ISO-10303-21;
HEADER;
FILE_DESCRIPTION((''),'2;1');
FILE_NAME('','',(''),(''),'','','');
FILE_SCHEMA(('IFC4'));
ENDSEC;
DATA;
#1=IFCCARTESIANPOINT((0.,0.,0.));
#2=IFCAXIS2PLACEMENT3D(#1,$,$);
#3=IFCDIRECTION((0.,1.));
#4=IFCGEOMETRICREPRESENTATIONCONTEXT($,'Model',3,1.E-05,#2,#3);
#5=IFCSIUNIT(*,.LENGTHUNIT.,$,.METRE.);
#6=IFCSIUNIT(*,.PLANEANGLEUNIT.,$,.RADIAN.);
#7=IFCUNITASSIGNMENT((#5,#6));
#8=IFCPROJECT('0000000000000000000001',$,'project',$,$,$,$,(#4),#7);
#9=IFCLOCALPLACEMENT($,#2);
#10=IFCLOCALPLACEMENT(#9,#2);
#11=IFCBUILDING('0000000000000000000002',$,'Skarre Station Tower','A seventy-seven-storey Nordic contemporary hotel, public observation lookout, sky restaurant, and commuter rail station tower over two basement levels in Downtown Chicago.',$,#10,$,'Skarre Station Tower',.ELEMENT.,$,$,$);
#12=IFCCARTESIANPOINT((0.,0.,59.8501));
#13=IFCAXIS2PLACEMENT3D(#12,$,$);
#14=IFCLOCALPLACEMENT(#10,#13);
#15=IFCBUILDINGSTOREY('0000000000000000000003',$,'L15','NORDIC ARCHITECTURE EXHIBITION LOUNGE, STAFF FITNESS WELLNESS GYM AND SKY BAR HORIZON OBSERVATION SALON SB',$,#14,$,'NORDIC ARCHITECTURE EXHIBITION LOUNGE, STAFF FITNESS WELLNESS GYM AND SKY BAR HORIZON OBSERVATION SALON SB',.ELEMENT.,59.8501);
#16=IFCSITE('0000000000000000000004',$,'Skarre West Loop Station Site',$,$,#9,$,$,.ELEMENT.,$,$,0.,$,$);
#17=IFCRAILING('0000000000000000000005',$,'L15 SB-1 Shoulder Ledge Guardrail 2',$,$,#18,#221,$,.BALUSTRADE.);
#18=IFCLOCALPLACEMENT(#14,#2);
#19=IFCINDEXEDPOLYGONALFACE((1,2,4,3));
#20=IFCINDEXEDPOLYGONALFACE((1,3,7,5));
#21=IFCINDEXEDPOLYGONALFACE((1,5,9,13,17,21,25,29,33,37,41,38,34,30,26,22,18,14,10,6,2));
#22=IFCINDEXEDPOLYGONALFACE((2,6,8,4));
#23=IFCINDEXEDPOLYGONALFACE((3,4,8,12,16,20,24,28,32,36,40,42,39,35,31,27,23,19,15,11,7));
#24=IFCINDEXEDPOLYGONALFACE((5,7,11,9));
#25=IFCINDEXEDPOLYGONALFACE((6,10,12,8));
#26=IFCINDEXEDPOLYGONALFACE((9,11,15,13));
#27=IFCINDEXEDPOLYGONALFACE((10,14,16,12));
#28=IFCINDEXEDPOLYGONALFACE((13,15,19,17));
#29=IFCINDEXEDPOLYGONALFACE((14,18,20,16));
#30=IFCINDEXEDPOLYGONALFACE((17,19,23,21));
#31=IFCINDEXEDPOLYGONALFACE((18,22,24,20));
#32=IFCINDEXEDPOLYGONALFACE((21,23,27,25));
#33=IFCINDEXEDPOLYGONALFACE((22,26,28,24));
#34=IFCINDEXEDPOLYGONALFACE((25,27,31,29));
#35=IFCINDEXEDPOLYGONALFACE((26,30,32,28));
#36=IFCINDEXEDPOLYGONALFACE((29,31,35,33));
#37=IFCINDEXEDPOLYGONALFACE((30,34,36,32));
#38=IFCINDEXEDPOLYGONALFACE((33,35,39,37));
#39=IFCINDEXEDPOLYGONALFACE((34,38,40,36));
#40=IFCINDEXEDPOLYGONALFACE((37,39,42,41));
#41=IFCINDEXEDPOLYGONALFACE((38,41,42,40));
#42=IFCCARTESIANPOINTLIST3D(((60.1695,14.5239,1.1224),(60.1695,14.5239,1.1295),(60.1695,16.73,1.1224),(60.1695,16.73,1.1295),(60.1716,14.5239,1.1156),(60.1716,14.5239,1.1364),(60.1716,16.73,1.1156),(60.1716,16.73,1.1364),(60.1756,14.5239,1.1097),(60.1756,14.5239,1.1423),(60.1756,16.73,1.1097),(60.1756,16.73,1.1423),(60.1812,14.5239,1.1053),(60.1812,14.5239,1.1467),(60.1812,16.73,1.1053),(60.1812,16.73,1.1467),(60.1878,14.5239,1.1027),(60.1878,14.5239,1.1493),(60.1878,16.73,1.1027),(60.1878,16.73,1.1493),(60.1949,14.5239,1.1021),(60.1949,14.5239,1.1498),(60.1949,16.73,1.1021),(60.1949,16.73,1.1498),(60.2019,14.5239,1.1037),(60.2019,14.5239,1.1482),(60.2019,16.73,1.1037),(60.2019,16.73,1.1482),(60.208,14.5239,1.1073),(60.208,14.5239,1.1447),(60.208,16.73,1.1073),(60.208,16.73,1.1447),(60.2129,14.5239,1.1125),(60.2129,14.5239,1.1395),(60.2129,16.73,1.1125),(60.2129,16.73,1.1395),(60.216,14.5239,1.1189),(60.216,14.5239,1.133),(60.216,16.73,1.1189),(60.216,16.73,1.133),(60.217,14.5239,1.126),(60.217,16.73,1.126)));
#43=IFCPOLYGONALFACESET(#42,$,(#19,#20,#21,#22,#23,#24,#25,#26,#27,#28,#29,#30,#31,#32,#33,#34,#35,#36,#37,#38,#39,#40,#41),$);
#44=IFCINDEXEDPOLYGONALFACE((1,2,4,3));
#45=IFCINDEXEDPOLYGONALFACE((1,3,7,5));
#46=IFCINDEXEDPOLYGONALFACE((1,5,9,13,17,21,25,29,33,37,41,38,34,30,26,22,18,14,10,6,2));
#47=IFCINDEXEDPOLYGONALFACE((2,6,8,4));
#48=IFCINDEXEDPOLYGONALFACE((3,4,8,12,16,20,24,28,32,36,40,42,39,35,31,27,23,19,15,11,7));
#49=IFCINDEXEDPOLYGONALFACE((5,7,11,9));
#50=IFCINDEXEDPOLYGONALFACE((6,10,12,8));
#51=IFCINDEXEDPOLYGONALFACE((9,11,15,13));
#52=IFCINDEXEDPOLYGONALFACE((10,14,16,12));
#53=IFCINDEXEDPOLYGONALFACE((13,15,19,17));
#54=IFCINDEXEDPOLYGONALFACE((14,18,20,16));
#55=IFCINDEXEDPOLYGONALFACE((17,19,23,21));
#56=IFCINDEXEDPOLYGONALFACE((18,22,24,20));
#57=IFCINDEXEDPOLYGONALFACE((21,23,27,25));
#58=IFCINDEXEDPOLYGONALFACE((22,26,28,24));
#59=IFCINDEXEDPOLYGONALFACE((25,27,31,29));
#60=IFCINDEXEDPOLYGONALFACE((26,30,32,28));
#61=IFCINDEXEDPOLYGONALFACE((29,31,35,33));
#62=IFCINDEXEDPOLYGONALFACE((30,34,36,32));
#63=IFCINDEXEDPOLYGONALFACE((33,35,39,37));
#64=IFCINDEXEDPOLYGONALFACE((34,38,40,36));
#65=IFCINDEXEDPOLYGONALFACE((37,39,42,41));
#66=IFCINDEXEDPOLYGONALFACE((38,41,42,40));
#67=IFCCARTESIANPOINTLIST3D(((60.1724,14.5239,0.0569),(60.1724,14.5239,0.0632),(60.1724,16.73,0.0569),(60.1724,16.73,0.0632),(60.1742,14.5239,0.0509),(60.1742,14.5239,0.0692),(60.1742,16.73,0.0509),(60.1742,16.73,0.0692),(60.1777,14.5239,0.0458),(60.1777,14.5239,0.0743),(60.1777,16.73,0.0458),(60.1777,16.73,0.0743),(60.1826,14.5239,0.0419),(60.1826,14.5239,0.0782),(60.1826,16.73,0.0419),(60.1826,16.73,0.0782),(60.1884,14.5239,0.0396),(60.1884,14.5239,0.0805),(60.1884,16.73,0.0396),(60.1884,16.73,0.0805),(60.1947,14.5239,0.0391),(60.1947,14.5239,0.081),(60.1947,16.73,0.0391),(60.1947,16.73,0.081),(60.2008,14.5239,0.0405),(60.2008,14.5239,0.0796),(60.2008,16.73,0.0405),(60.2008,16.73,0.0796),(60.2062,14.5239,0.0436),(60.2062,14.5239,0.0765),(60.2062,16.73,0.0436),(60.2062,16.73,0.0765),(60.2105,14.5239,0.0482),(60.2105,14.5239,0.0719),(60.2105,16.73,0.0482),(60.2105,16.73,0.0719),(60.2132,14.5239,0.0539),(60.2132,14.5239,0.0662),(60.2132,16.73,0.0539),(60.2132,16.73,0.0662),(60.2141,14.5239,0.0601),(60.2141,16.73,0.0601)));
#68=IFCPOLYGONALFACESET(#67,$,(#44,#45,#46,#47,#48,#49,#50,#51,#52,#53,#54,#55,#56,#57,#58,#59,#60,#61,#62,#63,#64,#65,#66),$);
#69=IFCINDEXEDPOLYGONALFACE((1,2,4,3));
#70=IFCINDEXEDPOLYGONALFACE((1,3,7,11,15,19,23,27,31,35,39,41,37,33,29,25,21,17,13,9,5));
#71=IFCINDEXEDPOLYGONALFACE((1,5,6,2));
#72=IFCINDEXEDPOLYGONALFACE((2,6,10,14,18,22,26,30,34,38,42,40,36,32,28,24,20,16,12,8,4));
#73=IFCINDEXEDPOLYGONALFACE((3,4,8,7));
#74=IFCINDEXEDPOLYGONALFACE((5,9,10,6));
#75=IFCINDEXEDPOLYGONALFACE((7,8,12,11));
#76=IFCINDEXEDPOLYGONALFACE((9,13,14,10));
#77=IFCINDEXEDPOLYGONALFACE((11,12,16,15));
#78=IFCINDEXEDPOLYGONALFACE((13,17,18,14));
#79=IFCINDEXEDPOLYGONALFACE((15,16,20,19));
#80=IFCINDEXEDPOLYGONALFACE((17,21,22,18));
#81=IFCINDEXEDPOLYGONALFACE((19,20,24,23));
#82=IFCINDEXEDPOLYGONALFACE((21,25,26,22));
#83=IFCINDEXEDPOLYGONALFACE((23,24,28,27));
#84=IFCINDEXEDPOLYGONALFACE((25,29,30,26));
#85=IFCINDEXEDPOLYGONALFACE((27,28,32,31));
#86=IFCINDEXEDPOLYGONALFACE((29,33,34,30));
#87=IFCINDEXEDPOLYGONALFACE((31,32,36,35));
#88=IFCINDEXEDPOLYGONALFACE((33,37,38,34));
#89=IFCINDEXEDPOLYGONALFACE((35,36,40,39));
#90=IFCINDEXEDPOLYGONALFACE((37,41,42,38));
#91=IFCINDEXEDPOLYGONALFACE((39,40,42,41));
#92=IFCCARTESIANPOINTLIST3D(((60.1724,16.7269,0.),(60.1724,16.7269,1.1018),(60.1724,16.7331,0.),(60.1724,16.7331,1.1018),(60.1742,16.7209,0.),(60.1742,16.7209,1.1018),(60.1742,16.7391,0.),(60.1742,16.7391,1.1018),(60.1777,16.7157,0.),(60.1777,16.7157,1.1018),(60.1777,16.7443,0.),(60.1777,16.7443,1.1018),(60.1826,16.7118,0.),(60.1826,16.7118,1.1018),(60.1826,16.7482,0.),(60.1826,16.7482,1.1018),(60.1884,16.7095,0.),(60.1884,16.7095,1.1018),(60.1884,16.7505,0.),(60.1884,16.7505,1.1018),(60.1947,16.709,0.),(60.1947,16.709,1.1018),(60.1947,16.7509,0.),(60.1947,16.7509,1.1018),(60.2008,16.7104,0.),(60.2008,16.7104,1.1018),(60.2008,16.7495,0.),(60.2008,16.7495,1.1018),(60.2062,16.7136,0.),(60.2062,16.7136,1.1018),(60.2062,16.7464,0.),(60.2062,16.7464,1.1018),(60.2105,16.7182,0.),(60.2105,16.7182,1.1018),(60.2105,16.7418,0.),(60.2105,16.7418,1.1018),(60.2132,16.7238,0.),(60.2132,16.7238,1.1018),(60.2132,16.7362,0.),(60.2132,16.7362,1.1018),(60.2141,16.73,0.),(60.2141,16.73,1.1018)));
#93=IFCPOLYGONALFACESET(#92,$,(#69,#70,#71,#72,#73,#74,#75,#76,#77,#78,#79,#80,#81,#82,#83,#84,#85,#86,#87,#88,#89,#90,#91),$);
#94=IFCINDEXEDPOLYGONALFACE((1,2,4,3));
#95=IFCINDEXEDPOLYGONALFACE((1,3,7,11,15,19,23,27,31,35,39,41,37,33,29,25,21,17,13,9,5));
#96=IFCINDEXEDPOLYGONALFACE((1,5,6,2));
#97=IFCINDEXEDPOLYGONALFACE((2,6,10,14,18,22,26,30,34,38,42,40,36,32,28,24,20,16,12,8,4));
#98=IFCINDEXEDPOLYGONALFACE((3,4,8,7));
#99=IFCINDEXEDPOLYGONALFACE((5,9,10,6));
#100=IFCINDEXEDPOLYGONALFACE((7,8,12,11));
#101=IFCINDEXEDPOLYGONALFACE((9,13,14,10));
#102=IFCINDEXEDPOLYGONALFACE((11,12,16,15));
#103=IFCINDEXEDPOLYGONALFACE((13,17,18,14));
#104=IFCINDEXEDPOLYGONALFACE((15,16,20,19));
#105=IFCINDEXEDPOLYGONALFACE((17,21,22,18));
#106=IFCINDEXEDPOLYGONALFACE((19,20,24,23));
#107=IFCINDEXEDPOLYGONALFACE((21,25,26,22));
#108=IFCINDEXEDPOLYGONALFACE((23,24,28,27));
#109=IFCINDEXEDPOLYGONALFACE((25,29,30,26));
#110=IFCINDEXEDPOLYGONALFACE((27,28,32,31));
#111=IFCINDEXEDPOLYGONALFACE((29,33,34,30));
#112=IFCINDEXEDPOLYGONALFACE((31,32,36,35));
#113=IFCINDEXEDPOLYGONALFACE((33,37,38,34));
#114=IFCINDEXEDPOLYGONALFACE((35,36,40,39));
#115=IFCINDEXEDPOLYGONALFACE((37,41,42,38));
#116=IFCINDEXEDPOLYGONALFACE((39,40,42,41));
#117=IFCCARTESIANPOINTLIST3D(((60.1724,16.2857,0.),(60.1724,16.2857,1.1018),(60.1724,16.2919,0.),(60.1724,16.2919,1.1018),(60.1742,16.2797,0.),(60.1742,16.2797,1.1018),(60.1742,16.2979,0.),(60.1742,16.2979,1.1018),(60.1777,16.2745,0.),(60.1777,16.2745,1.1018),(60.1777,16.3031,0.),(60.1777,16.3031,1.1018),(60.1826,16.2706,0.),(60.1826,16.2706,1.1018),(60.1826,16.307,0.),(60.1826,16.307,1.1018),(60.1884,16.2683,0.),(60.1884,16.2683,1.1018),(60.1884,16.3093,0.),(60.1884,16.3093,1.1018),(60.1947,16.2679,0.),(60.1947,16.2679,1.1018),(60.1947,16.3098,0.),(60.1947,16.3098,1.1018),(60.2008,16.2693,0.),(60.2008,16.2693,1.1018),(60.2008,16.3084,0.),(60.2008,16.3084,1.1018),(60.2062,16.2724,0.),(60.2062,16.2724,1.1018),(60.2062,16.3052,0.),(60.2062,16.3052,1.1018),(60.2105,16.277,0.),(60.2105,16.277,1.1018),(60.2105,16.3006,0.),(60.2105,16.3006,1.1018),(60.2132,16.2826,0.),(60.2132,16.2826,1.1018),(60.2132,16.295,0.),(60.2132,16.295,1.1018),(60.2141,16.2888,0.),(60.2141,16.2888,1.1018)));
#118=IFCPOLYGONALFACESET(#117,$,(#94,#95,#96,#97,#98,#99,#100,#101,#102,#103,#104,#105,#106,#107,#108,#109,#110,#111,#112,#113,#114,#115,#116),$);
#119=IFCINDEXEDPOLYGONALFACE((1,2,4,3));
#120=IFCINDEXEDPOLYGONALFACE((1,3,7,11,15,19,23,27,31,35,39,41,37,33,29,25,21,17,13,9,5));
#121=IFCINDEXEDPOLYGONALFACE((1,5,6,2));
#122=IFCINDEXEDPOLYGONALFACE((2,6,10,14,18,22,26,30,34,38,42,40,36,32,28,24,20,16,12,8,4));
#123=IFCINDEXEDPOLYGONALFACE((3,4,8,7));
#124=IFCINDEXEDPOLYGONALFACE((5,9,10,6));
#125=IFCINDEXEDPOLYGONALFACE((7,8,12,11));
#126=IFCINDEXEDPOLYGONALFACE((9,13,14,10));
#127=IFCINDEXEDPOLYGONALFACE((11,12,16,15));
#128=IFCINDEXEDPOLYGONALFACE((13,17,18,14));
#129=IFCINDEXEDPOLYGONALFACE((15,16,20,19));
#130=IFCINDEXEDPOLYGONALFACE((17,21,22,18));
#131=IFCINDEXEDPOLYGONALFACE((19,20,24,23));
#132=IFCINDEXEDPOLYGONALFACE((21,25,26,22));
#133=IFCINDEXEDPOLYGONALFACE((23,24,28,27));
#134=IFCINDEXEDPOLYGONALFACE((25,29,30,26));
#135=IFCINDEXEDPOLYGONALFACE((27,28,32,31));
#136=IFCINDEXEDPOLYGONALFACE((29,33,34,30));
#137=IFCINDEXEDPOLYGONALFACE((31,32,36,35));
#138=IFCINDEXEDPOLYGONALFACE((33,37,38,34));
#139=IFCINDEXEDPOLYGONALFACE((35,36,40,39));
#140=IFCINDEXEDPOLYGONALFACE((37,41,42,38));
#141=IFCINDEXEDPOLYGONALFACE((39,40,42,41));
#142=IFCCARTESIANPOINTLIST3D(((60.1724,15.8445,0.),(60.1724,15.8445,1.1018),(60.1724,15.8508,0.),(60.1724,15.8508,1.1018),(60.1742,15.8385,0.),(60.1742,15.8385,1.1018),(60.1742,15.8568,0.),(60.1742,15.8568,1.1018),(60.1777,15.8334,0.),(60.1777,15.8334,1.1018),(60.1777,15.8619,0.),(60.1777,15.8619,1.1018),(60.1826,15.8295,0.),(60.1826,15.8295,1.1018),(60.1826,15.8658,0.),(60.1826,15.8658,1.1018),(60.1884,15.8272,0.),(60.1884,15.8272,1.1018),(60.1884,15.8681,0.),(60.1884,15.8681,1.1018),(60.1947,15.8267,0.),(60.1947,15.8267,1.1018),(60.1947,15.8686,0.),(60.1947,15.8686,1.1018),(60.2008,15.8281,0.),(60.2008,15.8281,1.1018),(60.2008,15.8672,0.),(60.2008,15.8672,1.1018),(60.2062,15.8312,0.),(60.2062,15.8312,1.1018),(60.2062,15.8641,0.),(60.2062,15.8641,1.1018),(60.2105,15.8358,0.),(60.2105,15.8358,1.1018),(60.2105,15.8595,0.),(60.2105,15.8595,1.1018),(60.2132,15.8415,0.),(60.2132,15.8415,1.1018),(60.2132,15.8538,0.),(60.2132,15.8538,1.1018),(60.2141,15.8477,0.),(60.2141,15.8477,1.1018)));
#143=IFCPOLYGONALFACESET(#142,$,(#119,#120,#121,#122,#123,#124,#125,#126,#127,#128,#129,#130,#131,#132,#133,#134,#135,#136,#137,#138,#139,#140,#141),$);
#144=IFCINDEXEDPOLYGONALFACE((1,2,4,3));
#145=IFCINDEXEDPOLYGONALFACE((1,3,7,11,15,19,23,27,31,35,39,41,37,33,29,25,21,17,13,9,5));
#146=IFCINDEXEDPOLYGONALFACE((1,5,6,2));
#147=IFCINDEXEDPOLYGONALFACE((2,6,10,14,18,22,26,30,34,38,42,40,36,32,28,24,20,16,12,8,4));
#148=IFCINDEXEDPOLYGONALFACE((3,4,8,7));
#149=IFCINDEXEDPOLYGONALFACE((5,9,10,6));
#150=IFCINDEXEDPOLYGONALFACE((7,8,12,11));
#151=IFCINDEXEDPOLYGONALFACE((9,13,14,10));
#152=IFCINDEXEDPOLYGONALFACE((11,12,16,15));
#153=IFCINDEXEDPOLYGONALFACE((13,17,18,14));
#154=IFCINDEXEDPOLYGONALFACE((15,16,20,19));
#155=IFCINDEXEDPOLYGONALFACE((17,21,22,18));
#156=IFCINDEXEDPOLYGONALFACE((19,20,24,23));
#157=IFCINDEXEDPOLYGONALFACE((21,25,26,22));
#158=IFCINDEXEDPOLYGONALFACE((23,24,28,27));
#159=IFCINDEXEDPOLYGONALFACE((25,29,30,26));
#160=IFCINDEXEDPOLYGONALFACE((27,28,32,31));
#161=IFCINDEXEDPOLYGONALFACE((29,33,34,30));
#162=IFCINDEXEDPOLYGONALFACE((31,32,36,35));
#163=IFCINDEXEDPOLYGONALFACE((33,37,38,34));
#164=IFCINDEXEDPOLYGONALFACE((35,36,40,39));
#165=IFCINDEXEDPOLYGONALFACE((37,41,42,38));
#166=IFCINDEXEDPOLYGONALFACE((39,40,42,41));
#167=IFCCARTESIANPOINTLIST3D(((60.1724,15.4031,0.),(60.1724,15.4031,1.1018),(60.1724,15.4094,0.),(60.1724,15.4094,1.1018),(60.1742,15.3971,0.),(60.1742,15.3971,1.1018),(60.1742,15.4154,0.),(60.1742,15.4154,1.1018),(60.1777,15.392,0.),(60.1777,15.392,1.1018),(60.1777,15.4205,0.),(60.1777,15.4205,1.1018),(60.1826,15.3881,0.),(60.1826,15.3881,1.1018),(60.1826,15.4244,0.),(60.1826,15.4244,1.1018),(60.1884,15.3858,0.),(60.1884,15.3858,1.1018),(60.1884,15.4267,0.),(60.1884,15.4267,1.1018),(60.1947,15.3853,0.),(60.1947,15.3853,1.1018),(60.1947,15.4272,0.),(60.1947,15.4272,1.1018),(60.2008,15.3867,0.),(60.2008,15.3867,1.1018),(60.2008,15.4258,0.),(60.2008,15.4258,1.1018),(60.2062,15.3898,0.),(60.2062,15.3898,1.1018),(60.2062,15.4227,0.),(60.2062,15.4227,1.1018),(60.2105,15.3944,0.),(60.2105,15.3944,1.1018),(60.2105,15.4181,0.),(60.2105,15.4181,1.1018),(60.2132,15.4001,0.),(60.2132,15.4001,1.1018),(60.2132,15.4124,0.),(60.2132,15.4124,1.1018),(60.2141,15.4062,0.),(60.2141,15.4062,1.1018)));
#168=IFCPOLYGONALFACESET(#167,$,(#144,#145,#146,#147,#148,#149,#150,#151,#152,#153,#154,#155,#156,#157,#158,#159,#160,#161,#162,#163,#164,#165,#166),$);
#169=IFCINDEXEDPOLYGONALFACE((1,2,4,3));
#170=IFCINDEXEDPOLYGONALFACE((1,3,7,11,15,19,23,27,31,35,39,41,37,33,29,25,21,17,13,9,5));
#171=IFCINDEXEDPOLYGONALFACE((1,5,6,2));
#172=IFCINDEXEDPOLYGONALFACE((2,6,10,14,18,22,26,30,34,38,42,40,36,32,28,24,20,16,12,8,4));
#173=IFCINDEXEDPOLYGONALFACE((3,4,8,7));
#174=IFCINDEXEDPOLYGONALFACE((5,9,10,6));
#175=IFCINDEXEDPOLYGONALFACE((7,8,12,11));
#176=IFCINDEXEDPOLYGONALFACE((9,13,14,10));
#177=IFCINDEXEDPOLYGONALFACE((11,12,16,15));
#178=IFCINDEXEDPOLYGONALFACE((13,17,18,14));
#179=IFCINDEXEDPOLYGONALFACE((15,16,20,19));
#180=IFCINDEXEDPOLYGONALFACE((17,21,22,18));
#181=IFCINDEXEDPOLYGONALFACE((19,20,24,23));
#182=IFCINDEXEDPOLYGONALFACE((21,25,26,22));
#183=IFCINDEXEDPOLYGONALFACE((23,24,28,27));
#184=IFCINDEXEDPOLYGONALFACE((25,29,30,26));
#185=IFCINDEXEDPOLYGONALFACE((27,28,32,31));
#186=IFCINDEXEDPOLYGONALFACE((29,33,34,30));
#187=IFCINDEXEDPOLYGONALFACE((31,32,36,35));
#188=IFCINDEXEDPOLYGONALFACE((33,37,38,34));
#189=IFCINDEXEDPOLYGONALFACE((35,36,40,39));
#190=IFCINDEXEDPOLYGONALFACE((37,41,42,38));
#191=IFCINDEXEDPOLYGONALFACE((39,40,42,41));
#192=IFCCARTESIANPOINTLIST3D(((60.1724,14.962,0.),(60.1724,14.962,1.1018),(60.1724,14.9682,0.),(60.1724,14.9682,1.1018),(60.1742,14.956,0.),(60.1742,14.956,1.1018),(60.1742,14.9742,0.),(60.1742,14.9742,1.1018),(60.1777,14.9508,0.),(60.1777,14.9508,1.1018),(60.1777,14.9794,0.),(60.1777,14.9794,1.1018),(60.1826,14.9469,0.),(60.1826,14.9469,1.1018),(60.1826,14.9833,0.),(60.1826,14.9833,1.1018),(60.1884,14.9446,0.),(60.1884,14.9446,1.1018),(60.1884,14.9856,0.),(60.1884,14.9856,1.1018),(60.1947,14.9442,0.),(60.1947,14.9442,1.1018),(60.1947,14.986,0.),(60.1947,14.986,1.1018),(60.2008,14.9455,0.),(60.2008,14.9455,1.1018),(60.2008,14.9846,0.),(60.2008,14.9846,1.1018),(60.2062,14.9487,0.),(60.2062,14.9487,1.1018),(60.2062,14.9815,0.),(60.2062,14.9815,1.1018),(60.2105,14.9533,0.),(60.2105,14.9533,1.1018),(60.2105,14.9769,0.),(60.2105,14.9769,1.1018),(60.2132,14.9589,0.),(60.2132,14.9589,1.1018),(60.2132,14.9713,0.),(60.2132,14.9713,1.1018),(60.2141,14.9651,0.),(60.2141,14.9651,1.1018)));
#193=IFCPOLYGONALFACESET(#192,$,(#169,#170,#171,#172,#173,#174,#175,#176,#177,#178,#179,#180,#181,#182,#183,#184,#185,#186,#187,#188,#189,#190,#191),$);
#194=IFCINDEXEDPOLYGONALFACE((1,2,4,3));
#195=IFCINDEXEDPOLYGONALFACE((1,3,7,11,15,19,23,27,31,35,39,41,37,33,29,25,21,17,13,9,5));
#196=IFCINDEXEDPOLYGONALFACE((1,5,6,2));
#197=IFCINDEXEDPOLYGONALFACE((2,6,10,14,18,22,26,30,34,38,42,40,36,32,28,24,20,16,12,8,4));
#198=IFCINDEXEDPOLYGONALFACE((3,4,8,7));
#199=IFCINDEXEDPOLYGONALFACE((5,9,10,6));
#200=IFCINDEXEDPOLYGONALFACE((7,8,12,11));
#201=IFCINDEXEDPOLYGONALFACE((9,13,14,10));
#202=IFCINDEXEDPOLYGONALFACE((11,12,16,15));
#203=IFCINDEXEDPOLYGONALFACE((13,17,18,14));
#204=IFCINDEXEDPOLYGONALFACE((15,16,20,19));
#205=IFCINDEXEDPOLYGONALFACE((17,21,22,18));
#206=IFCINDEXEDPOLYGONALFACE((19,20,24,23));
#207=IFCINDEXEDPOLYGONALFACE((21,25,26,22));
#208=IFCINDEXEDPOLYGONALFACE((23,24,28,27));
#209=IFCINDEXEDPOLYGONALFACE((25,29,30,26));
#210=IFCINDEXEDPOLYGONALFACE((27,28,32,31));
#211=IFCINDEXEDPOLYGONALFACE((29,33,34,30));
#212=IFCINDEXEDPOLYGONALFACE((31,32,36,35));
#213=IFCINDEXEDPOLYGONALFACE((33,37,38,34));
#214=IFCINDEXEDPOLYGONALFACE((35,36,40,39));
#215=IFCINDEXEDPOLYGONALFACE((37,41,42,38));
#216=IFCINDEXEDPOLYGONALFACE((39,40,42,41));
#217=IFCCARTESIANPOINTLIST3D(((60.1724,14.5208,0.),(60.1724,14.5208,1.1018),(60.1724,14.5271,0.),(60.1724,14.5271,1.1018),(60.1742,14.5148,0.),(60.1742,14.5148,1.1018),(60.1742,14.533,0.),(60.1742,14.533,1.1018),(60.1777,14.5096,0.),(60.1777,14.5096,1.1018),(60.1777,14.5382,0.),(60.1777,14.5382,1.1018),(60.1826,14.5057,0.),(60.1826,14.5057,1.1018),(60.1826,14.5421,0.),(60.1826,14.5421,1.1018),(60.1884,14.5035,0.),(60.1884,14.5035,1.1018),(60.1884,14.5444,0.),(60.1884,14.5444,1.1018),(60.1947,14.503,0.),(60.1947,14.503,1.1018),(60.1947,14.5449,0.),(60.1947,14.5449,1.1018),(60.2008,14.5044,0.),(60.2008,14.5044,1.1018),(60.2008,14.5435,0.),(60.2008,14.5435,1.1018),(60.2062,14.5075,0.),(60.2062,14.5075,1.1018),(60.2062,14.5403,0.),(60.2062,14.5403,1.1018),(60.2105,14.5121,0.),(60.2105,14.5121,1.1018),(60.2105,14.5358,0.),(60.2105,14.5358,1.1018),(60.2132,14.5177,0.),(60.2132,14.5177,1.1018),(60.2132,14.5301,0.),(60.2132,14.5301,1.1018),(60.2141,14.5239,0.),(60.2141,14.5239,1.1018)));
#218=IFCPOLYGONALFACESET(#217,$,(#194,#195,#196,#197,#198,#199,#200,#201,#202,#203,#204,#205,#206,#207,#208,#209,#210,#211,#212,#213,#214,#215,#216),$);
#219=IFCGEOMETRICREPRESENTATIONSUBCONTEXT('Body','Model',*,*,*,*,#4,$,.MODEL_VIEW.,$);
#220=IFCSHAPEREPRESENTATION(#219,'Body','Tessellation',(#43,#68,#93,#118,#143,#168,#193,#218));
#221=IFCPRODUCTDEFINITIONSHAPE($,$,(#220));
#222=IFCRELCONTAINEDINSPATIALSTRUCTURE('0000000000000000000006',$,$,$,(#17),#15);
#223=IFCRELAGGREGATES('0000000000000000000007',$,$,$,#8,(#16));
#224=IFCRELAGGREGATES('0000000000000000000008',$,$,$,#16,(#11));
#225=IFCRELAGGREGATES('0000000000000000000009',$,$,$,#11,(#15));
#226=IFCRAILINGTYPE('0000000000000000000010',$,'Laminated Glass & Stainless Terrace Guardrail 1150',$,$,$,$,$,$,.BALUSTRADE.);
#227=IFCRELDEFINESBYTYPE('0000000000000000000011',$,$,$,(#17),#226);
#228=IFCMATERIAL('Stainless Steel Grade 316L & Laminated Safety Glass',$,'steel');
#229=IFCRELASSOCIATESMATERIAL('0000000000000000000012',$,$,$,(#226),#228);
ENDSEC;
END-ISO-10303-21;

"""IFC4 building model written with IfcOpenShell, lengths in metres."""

from ifc_helpers import new_model, si_unit, direction, frame, origin, origin_2d, place, context, subcontext, project, spatial, circle, extrude, material, type_object, element, save


model = new_model("IFC4")

# Units and contexts
model_context = context("Model", 3, precision=1e-05, world=origin(), true_north=direction((0.0, 1.0)))
body_context = subcontext(model_context, "Body", "Model", "MODEL_VIEW")
ifc_project = project(units=[si_unit("LENGTHUNIT", "METRE"), si_unit("PLANEANGLEUNIT", "RADIAN")], contexts=[model_context])

# Site, building, storey
site_placement = place(None, origin())
site = spatial("IfcSite", under=ifc_project, at=site_placement, Name="Skarre West Loop Station Site", CompositionType="ELEMENT", RefElevation=0.0)
building_placement = place(site_placement, origin())
building = spatial("IfcBuilding", under=site, at=building_placement, Name="Skarre Station Tower", Description="A seventy-seven-storey Nordic contemporary hotel, public observation lookout, sky restaurant, and commuter rail station tower over two basement levels in Downtown Chicago.", LongName="Skarre Station Tower", CompositionType="ELEMENT")
storey_placement = place(building_placement, frame((0.0, 0.0, 59.8501)))
storey = spatial("IfcBuildingStorey", under=building, at=storey_placement, Name="L15", Description="NORDIC ARCHITECTURE EXHIBITION LOUNGE, STAFF FITNESS WELLNESS GYM AND SKY BAR HORIZON OBSERVATION SALON SB", LongName="NORDIC ARCHITECTURE EXHIBITION LOUNGE, STAFF FITNESS WELLNESS GYM AND SKY BAR HORIZON OBSERVATION SALON SB", CompositionType="ELEMENT", Elevation=59.8501)

# Railing
ifc_material_1 = material(Name="Stainless Steel Grade 316L & Laminated Safety Glass", Category="steel")
railing_type = type_object("IfcRailingType", Name="Laminated Glass & Stainless Terrace Guardrail 1150", PredefinedType="BALUSTRADE", material=ifc_material_1)
railing_placement = place(storey_placement, frame((60.1931, 16.73, 0.0)))
element("IfcRailing", 1, at=railing_placement, inside=storey, type_object=railing_type, Name="L15 SB-1 Shoulder Ledge Guardrail 2", PredefinedType="BALUSTRADE", context=body_context, shape_type="SweptSolid", body=[
    extrude(circle(Radius=0.0239, at=origin_2d()), frame((0.0, 0.0, 1.126), z_axis=(0.0, -1.0, 0.0), x_axis=(1.0, 0.0, 0.0)), (0.0, 0.0, 1.0), 2.2061),
    extrude(circle(Radius=0.021, at=origin_2d()), frame((0.0, 0.0, 0.0601), z_axis=(0.0, -1.0, 0.0), x_axis=(1.0, 0.0, 0.0)), (0.0, 0.0, 1.0), 2.2061),
    extrude(circle(Radius=0.021, at=origin_2d()), origin(), (0.0, 0.0, 1.0), 1.1018),
    extrude(circle(Radius=0.021, at=origin_2d()), frame((0.0, -0.4412, 0.0)), (0.0, 0.0, 1.0), 1.1018),
    extrude(circle(Radius=0.021, at=origin_2d()), frame((0.0, -0.8823, 0.0)), (0.0, 0.0, 1.0), 1.1018),
    extrude(circle(Radius=0.021, at=origin_2d()), frame((0.0, -1.3237, 0.0)), (0.0, 0.0, 1.0), 1.1018),
    extrude(circle(Radius=0.021, at=origin_2d()), frame((0.0, -1.7649, 0.0)), (0.0, 0.0, 1.0), 1.1018),
    extrude(circle(Radius=0.021, at=origin_2d()), frame((0.0, -2.2061, 0.0)), (0.0, 0.0, 1.0), 1.1018),
])

save(model, "model.ifc")
